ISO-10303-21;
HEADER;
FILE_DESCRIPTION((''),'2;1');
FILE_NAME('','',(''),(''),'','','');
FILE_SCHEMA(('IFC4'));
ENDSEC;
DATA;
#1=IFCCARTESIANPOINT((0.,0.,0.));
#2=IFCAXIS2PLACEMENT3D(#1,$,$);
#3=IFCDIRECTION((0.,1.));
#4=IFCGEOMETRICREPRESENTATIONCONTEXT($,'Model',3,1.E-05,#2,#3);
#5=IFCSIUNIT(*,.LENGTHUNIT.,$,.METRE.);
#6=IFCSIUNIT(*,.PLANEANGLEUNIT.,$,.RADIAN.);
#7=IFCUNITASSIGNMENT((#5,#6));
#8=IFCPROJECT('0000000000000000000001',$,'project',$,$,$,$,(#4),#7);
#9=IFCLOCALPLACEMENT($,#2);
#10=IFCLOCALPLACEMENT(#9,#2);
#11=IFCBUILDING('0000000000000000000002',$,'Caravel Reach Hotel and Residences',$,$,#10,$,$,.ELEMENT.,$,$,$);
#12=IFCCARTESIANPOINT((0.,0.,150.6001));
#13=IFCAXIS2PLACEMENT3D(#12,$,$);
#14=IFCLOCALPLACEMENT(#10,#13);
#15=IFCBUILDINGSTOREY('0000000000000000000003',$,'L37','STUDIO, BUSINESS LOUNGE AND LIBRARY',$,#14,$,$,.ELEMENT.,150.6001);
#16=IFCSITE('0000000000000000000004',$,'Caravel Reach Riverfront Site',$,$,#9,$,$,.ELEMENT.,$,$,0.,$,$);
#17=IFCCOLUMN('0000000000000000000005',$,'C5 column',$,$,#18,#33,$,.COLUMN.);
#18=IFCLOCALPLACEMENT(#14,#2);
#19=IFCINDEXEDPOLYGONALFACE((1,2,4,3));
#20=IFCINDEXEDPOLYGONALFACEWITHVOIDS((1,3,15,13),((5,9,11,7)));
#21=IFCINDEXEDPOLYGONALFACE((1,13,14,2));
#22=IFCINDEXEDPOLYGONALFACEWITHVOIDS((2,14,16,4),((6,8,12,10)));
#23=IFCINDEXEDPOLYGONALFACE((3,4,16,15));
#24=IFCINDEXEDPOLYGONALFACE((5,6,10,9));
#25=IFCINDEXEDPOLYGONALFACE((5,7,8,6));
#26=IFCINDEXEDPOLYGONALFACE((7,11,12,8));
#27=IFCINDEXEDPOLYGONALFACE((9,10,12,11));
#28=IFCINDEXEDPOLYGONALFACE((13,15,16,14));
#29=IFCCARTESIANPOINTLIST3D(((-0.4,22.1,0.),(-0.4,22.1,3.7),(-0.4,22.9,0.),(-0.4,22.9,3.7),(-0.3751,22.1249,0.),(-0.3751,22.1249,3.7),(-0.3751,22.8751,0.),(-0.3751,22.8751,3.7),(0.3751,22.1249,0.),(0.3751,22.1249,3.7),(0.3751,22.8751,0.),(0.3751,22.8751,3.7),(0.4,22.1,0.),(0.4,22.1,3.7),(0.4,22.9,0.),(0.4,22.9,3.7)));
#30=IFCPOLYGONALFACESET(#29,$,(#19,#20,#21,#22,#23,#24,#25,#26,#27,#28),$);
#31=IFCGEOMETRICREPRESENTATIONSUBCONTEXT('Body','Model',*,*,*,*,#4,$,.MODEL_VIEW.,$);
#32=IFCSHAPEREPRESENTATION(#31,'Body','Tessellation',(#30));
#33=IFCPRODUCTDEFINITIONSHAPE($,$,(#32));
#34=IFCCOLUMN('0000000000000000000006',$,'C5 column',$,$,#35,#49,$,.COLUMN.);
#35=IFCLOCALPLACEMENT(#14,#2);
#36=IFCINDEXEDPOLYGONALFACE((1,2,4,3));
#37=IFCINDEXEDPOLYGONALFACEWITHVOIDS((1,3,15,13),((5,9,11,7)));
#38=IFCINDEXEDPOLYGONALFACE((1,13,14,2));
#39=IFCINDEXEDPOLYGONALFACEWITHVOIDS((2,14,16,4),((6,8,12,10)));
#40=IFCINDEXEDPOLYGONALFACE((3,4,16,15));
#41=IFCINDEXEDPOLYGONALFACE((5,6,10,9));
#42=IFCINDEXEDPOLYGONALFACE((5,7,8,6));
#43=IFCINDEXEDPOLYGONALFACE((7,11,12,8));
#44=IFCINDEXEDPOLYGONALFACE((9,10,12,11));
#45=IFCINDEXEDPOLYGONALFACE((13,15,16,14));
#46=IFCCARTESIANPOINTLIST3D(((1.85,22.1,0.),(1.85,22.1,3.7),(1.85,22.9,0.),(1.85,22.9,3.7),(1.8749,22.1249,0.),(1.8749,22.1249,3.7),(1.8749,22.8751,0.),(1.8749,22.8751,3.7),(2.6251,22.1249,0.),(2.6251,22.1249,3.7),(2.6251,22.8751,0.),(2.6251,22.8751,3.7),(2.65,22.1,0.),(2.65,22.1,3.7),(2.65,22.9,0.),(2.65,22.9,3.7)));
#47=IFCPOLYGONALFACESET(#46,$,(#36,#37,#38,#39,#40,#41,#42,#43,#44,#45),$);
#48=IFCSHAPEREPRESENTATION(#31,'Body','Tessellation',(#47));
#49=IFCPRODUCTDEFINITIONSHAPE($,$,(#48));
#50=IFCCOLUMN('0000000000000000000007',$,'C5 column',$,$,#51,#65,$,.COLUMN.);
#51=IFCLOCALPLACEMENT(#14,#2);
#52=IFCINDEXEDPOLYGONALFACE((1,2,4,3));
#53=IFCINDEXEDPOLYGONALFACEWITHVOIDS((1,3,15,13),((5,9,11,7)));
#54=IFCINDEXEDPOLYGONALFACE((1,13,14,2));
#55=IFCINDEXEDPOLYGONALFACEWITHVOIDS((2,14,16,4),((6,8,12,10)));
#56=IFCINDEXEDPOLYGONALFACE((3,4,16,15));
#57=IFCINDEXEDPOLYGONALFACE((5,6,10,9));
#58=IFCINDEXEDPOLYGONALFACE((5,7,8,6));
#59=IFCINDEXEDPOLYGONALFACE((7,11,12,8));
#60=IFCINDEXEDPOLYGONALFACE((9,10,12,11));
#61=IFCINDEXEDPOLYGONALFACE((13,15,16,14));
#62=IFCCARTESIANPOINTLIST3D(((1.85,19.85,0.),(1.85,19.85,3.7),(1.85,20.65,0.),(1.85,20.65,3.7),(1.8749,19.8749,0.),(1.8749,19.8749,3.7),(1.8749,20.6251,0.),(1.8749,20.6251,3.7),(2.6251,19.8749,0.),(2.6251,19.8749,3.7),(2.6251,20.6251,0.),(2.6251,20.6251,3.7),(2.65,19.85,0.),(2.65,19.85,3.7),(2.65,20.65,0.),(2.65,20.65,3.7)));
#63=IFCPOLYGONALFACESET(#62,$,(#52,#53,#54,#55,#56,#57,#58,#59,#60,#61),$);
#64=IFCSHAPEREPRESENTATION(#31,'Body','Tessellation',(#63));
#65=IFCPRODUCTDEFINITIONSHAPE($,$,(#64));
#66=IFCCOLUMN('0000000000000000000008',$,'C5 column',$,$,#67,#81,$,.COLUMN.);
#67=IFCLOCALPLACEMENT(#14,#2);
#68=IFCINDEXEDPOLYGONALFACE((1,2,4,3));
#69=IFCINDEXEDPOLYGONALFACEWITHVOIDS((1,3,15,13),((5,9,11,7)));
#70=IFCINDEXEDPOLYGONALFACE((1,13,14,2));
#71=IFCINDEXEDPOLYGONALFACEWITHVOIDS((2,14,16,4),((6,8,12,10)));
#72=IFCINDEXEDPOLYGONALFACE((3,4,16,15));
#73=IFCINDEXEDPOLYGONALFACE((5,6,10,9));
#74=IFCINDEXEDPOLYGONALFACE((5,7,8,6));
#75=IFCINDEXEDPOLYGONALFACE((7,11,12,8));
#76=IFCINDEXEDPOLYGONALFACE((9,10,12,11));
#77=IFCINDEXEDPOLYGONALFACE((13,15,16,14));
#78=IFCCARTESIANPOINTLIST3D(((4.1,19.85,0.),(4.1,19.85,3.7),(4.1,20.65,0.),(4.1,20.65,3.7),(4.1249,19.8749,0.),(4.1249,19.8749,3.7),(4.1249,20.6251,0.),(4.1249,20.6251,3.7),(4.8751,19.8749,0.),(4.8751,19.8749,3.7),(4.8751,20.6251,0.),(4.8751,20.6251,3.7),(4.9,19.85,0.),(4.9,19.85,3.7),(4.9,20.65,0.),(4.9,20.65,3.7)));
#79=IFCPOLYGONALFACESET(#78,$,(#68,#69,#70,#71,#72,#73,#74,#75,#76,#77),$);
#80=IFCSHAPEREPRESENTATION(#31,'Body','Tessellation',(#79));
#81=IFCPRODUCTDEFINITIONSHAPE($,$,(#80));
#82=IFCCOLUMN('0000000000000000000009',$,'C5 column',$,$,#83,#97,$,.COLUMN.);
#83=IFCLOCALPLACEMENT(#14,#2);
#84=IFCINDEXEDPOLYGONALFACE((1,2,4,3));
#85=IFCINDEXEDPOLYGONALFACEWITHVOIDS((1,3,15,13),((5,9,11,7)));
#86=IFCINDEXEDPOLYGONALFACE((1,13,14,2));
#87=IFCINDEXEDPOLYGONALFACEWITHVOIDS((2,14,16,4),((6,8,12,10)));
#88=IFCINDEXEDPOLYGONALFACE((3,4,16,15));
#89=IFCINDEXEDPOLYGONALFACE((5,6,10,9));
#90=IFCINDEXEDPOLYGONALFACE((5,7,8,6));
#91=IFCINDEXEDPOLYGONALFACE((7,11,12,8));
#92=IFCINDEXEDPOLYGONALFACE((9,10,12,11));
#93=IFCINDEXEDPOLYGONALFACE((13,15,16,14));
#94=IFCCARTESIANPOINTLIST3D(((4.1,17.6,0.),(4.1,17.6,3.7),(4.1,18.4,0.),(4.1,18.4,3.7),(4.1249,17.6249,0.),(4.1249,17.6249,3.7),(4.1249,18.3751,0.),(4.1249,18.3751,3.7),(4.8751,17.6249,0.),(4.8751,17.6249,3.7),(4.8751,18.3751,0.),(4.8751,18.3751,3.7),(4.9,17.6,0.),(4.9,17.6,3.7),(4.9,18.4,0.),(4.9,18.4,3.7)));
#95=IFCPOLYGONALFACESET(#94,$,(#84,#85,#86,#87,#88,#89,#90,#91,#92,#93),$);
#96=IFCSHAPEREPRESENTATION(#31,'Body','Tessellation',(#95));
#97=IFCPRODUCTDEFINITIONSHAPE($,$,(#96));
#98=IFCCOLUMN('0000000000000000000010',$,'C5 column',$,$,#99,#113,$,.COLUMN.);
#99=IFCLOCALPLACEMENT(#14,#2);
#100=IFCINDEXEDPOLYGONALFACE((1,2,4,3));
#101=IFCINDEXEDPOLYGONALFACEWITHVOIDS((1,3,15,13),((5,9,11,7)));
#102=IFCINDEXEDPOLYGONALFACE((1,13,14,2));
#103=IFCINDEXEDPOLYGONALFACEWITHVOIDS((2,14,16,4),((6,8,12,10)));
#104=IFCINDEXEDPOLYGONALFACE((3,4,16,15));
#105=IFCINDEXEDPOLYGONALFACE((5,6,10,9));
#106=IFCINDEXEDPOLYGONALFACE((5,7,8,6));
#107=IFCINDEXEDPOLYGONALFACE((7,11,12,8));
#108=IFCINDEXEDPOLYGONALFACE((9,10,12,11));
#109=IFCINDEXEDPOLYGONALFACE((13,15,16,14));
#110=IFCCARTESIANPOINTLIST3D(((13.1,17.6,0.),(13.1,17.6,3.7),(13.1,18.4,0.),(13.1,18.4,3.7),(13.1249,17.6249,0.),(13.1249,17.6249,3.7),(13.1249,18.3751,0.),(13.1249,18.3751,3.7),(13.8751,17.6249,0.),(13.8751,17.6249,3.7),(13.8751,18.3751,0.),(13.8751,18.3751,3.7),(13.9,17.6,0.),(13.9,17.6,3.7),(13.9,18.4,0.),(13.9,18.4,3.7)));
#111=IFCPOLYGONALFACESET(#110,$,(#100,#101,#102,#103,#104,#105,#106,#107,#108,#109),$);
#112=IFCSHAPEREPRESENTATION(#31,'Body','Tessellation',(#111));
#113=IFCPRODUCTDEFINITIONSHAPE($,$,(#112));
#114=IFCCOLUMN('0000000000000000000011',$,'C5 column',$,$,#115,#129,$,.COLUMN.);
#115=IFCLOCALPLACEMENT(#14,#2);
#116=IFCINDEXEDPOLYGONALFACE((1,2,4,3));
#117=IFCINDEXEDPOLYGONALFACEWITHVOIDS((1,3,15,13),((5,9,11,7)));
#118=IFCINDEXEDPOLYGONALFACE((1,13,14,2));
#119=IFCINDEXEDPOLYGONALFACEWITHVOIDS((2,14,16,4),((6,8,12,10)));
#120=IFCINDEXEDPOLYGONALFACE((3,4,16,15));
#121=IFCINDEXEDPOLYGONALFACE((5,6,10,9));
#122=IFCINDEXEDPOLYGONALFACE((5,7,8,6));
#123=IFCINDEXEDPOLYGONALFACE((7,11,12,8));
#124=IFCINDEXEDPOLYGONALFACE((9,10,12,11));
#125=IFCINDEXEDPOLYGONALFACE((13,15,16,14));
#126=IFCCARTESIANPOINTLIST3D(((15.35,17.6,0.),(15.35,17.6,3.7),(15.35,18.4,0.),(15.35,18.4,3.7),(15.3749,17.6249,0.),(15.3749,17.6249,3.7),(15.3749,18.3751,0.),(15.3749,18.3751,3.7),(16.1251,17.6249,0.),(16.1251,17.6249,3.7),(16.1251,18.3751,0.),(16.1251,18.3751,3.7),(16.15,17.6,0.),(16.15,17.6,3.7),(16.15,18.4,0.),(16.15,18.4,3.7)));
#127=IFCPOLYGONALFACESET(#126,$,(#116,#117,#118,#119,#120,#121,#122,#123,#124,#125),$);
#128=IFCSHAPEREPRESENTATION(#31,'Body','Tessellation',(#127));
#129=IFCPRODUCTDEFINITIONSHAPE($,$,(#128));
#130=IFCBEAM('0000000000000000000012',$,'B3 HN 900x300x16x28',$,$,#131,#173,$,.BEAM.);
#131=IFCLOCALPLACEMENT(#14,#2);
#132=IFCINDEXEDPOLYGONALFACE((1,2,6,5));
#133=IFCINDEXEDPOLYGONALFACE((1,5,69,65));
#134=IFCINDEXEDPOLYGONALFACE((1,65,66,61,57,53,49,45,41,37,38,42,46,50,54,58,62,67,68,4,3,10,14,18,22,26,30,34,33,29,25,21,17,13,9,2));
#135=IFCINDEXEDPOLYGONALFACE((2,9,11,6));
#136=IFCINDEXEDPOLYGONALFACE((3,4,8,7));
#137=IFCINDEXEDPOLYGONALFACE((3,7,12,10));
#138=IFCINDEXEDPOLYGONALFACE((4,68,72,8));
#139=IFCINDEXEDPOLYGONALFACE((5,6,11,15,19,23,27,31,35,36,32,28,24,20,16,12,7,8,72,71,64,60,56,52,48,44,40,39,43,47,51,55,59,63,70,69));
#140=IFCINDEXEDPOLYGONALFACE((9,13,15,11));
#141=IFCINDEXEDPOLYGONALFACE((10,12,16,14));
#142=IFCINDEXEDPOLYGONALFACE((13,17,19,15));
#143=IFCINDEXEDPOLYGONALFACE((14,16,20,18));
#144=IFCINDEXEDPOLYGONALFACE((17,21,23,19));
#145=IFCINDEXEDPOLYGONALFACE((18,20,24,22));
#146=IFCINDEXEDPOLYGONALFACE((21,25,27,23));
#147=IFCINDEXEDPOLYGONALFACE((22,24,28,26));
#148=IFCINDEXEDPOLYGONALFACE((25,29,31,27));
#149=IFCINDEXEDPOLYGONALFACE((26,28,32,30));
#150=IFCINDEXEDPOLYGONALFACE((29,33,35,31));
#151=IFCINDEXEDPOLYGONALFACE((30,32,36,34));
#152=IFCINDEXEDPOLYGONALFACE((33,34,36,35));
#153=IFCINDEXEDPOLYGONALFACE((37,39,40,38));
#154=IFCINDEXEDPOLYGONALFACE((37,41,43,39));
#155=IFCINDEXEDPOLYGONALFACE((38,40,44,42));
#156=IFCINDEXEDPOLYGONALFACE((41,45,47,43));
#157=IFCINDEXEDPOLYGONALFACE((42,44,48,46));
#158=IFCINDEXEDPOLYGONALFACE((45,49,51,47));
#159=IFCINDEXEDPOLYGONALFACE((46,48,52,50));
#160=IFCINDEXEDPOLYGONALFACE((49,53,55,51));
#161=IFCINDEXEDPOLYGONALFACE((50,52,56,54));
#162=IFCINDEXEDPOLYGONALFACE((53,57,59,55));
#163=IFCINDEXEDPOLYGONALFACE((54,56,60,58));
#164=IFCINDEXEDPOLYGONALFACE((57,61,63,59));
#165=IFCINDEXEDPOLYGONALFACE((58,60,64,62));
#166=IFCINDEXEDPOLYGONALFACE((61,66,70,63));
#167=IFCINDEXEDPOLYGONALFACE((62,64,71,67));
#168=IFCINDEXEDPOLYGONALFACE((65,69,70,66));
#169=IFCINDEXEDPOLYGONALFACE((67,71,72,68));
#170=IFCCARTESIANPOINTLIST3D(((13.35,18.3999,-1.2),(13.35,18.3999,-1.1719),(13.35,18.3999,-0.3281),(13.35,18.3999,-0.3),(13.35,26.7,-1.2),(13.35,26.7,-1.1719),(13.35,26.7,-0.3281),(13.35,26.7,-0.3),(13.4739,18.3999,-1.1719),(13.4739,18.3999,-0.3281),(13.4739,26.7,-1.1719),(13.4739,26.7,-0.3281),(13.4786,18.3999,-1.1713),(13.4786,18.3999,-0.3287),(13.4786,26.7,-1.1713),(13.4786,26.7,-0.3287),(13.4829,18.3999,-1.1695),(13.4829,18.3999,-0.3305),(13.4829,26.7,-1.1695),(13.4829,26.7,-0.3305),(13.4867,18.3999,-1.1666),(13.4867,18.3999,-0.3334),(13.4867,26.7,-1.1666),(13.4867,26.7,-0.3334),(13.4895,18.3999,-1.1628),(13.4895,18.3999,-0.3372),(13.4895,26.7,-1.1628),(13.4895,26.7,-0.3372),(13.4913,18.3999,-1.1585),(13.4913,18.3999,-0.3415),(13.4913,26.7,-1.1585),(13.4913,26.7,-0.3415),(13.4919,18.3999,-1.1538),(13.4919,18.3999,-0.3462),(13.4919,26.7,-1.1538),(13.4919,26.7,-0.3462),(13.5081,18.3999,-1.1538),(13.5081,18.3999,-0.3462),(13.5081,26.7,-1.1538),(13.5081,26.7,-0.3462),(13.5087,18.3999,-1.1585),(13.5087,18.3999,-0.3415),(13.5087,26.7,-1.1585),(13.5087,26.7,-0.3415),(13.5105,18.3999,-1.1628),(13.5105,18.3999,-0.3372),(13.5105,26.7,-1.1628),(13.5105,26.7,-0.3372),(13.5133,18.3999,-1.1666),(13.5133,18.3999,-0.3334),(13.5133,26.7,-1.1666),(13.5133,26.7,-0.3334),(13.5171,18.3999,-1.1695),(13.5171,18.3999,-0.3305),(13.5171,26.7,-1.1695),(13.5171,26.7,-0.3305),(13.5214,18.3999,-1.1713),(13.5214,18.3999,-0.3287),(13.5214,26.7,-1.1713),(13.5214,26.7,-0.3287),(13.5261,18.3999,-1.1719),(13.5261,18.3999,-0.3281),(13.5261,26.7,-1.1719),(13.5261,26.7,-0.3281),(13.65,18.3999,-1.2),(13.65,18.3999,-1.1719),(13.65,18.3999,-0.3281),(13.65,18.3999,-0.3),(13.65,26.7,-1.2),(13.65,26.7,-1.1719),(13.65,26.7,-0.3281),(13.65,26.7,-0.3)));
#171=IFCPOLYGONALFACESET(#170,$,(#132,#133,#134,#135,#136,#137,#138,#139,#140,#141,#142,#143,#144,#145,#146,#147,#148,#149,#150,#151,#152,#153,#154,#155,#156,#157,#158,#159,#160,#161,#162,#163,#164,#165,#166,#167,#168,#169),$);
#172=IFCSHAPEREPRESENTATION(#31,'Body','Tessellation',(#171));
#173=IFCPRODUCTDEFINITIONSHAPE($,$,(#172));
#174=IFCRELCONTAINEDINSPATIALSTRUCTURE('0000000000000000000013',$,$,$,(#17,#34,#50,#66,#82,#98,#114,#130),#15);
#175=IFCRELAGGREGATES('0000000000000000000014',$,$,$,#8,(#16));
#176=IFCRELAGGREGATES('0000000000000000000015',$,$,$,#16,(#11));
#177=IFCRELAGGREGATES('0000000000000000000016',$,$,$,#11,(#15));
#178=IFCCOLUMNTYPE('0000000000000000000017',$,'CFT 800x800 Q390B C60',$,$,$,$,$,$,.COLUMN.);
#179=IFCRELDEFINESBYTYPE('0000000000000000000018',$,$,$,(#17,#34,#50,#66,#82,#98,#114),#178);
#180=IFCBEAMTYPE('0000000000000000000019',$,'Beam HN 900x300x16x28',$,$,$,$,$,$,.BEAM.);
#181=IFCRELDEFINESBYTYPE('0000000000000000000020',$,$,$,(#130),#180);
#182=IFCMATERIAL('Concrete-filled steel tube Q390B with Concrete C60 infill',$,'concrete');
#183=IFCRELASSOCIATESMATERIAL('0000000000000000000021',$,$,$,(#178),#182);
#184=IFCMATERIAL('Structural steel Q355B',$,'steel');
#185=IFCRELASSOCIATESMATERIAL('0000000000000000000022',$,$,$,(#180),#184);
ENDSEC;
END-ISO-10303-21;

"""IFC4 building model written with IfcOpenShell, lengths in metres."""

from ifc_helpers import new_model, si_unit, direction, frame, origin, origin_2d, place, context, subcontext, project, spatial, hollow_rectangle, i_section, extrude, material, material_profile, profile_set, type_object, element, save


model = new_model("IFC4")

# Units and contexts
model_context = context("Model", 3, precision=1e-05, world=origin(), true_north=direction((0.0, 1.0)))
body_context = subcontext(model_context, "Body", "Model", "MODEL_VIEW")
ifc_project = project(units=[si_unit("LENGTHUNIT", "METRE"), si_unit("PLANEANGLEUNIT", "RADIAN")], contexts=[model_context])

# Site, building, storey
site_placement = place(None, origin())
site = spatial("IfcSite", under=ifc_project, at=site_placement, Name="Caravel Reach Riverfront Site", CompositionType="ELEMENT", RefElevation=0.0)
building_placement = place(site_placement, origin())
building = spatial("IfcBuilding", under=site, at=building_placement, Name="Caravel Reach Hotel and Residences", CompositionType="ELEMENT")
storey_placement = place(building_placement, frame((0.0, 0.0, 150.6001)))
storey = spatial("IfcBuildingStorey", under=building, at=storey_placement, Name="L37", Description="STUDIO, BUSINESS LOUNGE AND LIBRARY", CompositionType="ELEMENT", Elevation=150.6001)

# Columns
ifc_material_1 = material(Name="Concrete-filled steel tube Q390B with Concrete C60 infill", Category="concrete")
ifc_material_profile_1 = material_profile(ifc_material_1, hollow_rectangle(XDim=0.8, YDim=0.8, WallThickness=0.0249, at=origin_2d()), Name="RHS 800x800x25")
ifc_profile_set_1 = profile_set([ifc_material_profile_1], Name="Concrete-filled steel tube Q390B with Concrete C60 infill")
column_type = type_object("IfcColumnType", Name="CFT 800x800 Q390B C60", PredefinedType="COLUMN", material=ifc_profile_set_1)
for number, where, z_axis, x_axis, name in (
    (1, (0.0, 22.5, 0.0), (0.0, 0.0, 1.0), (1.0, 0.0, 0.0), "C5 column"),
    (2, (2.25, 22.5, 0.0), (0.0, 0.0, 1.0), (1.0, 0.0, 0.0), "C5 column"),
    (3, (2.25, 20.25, 0.0), (0.0, 0.0, 1.0), (1.0, 0.0, 0.0), "C5 column"),
    (4, (4.5, 20.25, 0.0), (0.0, 0.0, 1.0), (1.0, 0.0, 0.0), "C5 column"),
    (5, (4.5, 18.0, 0.0), (0.0, 0.0, 1.0), (1.0, 0.0, 0.0), "C5 column"),
    (6, (13.5, 18.0, 0.0), (0.0, 0.0, 1.0), (1.0, 0.0, 0.0), "C5 column"),
    (7, (15.75, 18.0, 0.0), (0.0, 0.0, 1.0), (1.0, 0.0, 0.0), "C5 column"),
):
    element("IfcColumn", number, at=place(storey_placement, frame(where, z_axis=z_axis, x_axis=x_axis)), inside=storey, type_object=column_type, Name=name, PredefinedType="COLUMN", context=body_context, shape_type="SweptSolid", body=[
        extrude(hollow_rectangle(XDim=0.8, YDim=0.8, WallThickness=0.0249, at=origin_2d()), origin(), (0.0, 0.0, 1.0), 3.7),
    ])

# Beam
ifc_material_2 = material(Name="Structural steel Q355B", Category="steel")
ifc_material_profile_2 = material_profile(ifc_material_2, i_section(OverallWidth=0.3, OverallDepth=0.8999, WebThickness=0.0161, FlangeThickness=0.0281, FilletRadius=0.0181, at=origin_2d()), Name="HN 900x300x16x28")
ifc_profile_set_2 = profile_set([ifc_material_profile_2], Name="Structural steel Q355B")
beam_type_1 = type_object("IfcBeamType", Name="Beam HN 900x300x16x28", PredefinedType="BEAM", material=ifc_profile_set_2)
beam_1_placement = place(storey_placement, frame((13.5, 18.3999, -0.75), z_axis=(0.0, 1.0, 0.0), x_axis=(-1.0, 0.0, 0.0)))
element("IfcBeam", 8, at=beam_1_placement, inside=storey, type_object=beam_type_1, Name="B3 HN 900x300x16x28", PredefinedType="BEAM", context=body_context, shape_type="SweptSolid", body=[
    extrude(i_section(OverallWidth=0.3, OverallDepth=0.8999, WebThickness=0.0161, FlangeThickness=0.0281, FilletRadius=0.0181, at=origin_2d()), origin(), (0.0, 0.0, 1.0), 8.3),
])

save(model, "model.ifc")
